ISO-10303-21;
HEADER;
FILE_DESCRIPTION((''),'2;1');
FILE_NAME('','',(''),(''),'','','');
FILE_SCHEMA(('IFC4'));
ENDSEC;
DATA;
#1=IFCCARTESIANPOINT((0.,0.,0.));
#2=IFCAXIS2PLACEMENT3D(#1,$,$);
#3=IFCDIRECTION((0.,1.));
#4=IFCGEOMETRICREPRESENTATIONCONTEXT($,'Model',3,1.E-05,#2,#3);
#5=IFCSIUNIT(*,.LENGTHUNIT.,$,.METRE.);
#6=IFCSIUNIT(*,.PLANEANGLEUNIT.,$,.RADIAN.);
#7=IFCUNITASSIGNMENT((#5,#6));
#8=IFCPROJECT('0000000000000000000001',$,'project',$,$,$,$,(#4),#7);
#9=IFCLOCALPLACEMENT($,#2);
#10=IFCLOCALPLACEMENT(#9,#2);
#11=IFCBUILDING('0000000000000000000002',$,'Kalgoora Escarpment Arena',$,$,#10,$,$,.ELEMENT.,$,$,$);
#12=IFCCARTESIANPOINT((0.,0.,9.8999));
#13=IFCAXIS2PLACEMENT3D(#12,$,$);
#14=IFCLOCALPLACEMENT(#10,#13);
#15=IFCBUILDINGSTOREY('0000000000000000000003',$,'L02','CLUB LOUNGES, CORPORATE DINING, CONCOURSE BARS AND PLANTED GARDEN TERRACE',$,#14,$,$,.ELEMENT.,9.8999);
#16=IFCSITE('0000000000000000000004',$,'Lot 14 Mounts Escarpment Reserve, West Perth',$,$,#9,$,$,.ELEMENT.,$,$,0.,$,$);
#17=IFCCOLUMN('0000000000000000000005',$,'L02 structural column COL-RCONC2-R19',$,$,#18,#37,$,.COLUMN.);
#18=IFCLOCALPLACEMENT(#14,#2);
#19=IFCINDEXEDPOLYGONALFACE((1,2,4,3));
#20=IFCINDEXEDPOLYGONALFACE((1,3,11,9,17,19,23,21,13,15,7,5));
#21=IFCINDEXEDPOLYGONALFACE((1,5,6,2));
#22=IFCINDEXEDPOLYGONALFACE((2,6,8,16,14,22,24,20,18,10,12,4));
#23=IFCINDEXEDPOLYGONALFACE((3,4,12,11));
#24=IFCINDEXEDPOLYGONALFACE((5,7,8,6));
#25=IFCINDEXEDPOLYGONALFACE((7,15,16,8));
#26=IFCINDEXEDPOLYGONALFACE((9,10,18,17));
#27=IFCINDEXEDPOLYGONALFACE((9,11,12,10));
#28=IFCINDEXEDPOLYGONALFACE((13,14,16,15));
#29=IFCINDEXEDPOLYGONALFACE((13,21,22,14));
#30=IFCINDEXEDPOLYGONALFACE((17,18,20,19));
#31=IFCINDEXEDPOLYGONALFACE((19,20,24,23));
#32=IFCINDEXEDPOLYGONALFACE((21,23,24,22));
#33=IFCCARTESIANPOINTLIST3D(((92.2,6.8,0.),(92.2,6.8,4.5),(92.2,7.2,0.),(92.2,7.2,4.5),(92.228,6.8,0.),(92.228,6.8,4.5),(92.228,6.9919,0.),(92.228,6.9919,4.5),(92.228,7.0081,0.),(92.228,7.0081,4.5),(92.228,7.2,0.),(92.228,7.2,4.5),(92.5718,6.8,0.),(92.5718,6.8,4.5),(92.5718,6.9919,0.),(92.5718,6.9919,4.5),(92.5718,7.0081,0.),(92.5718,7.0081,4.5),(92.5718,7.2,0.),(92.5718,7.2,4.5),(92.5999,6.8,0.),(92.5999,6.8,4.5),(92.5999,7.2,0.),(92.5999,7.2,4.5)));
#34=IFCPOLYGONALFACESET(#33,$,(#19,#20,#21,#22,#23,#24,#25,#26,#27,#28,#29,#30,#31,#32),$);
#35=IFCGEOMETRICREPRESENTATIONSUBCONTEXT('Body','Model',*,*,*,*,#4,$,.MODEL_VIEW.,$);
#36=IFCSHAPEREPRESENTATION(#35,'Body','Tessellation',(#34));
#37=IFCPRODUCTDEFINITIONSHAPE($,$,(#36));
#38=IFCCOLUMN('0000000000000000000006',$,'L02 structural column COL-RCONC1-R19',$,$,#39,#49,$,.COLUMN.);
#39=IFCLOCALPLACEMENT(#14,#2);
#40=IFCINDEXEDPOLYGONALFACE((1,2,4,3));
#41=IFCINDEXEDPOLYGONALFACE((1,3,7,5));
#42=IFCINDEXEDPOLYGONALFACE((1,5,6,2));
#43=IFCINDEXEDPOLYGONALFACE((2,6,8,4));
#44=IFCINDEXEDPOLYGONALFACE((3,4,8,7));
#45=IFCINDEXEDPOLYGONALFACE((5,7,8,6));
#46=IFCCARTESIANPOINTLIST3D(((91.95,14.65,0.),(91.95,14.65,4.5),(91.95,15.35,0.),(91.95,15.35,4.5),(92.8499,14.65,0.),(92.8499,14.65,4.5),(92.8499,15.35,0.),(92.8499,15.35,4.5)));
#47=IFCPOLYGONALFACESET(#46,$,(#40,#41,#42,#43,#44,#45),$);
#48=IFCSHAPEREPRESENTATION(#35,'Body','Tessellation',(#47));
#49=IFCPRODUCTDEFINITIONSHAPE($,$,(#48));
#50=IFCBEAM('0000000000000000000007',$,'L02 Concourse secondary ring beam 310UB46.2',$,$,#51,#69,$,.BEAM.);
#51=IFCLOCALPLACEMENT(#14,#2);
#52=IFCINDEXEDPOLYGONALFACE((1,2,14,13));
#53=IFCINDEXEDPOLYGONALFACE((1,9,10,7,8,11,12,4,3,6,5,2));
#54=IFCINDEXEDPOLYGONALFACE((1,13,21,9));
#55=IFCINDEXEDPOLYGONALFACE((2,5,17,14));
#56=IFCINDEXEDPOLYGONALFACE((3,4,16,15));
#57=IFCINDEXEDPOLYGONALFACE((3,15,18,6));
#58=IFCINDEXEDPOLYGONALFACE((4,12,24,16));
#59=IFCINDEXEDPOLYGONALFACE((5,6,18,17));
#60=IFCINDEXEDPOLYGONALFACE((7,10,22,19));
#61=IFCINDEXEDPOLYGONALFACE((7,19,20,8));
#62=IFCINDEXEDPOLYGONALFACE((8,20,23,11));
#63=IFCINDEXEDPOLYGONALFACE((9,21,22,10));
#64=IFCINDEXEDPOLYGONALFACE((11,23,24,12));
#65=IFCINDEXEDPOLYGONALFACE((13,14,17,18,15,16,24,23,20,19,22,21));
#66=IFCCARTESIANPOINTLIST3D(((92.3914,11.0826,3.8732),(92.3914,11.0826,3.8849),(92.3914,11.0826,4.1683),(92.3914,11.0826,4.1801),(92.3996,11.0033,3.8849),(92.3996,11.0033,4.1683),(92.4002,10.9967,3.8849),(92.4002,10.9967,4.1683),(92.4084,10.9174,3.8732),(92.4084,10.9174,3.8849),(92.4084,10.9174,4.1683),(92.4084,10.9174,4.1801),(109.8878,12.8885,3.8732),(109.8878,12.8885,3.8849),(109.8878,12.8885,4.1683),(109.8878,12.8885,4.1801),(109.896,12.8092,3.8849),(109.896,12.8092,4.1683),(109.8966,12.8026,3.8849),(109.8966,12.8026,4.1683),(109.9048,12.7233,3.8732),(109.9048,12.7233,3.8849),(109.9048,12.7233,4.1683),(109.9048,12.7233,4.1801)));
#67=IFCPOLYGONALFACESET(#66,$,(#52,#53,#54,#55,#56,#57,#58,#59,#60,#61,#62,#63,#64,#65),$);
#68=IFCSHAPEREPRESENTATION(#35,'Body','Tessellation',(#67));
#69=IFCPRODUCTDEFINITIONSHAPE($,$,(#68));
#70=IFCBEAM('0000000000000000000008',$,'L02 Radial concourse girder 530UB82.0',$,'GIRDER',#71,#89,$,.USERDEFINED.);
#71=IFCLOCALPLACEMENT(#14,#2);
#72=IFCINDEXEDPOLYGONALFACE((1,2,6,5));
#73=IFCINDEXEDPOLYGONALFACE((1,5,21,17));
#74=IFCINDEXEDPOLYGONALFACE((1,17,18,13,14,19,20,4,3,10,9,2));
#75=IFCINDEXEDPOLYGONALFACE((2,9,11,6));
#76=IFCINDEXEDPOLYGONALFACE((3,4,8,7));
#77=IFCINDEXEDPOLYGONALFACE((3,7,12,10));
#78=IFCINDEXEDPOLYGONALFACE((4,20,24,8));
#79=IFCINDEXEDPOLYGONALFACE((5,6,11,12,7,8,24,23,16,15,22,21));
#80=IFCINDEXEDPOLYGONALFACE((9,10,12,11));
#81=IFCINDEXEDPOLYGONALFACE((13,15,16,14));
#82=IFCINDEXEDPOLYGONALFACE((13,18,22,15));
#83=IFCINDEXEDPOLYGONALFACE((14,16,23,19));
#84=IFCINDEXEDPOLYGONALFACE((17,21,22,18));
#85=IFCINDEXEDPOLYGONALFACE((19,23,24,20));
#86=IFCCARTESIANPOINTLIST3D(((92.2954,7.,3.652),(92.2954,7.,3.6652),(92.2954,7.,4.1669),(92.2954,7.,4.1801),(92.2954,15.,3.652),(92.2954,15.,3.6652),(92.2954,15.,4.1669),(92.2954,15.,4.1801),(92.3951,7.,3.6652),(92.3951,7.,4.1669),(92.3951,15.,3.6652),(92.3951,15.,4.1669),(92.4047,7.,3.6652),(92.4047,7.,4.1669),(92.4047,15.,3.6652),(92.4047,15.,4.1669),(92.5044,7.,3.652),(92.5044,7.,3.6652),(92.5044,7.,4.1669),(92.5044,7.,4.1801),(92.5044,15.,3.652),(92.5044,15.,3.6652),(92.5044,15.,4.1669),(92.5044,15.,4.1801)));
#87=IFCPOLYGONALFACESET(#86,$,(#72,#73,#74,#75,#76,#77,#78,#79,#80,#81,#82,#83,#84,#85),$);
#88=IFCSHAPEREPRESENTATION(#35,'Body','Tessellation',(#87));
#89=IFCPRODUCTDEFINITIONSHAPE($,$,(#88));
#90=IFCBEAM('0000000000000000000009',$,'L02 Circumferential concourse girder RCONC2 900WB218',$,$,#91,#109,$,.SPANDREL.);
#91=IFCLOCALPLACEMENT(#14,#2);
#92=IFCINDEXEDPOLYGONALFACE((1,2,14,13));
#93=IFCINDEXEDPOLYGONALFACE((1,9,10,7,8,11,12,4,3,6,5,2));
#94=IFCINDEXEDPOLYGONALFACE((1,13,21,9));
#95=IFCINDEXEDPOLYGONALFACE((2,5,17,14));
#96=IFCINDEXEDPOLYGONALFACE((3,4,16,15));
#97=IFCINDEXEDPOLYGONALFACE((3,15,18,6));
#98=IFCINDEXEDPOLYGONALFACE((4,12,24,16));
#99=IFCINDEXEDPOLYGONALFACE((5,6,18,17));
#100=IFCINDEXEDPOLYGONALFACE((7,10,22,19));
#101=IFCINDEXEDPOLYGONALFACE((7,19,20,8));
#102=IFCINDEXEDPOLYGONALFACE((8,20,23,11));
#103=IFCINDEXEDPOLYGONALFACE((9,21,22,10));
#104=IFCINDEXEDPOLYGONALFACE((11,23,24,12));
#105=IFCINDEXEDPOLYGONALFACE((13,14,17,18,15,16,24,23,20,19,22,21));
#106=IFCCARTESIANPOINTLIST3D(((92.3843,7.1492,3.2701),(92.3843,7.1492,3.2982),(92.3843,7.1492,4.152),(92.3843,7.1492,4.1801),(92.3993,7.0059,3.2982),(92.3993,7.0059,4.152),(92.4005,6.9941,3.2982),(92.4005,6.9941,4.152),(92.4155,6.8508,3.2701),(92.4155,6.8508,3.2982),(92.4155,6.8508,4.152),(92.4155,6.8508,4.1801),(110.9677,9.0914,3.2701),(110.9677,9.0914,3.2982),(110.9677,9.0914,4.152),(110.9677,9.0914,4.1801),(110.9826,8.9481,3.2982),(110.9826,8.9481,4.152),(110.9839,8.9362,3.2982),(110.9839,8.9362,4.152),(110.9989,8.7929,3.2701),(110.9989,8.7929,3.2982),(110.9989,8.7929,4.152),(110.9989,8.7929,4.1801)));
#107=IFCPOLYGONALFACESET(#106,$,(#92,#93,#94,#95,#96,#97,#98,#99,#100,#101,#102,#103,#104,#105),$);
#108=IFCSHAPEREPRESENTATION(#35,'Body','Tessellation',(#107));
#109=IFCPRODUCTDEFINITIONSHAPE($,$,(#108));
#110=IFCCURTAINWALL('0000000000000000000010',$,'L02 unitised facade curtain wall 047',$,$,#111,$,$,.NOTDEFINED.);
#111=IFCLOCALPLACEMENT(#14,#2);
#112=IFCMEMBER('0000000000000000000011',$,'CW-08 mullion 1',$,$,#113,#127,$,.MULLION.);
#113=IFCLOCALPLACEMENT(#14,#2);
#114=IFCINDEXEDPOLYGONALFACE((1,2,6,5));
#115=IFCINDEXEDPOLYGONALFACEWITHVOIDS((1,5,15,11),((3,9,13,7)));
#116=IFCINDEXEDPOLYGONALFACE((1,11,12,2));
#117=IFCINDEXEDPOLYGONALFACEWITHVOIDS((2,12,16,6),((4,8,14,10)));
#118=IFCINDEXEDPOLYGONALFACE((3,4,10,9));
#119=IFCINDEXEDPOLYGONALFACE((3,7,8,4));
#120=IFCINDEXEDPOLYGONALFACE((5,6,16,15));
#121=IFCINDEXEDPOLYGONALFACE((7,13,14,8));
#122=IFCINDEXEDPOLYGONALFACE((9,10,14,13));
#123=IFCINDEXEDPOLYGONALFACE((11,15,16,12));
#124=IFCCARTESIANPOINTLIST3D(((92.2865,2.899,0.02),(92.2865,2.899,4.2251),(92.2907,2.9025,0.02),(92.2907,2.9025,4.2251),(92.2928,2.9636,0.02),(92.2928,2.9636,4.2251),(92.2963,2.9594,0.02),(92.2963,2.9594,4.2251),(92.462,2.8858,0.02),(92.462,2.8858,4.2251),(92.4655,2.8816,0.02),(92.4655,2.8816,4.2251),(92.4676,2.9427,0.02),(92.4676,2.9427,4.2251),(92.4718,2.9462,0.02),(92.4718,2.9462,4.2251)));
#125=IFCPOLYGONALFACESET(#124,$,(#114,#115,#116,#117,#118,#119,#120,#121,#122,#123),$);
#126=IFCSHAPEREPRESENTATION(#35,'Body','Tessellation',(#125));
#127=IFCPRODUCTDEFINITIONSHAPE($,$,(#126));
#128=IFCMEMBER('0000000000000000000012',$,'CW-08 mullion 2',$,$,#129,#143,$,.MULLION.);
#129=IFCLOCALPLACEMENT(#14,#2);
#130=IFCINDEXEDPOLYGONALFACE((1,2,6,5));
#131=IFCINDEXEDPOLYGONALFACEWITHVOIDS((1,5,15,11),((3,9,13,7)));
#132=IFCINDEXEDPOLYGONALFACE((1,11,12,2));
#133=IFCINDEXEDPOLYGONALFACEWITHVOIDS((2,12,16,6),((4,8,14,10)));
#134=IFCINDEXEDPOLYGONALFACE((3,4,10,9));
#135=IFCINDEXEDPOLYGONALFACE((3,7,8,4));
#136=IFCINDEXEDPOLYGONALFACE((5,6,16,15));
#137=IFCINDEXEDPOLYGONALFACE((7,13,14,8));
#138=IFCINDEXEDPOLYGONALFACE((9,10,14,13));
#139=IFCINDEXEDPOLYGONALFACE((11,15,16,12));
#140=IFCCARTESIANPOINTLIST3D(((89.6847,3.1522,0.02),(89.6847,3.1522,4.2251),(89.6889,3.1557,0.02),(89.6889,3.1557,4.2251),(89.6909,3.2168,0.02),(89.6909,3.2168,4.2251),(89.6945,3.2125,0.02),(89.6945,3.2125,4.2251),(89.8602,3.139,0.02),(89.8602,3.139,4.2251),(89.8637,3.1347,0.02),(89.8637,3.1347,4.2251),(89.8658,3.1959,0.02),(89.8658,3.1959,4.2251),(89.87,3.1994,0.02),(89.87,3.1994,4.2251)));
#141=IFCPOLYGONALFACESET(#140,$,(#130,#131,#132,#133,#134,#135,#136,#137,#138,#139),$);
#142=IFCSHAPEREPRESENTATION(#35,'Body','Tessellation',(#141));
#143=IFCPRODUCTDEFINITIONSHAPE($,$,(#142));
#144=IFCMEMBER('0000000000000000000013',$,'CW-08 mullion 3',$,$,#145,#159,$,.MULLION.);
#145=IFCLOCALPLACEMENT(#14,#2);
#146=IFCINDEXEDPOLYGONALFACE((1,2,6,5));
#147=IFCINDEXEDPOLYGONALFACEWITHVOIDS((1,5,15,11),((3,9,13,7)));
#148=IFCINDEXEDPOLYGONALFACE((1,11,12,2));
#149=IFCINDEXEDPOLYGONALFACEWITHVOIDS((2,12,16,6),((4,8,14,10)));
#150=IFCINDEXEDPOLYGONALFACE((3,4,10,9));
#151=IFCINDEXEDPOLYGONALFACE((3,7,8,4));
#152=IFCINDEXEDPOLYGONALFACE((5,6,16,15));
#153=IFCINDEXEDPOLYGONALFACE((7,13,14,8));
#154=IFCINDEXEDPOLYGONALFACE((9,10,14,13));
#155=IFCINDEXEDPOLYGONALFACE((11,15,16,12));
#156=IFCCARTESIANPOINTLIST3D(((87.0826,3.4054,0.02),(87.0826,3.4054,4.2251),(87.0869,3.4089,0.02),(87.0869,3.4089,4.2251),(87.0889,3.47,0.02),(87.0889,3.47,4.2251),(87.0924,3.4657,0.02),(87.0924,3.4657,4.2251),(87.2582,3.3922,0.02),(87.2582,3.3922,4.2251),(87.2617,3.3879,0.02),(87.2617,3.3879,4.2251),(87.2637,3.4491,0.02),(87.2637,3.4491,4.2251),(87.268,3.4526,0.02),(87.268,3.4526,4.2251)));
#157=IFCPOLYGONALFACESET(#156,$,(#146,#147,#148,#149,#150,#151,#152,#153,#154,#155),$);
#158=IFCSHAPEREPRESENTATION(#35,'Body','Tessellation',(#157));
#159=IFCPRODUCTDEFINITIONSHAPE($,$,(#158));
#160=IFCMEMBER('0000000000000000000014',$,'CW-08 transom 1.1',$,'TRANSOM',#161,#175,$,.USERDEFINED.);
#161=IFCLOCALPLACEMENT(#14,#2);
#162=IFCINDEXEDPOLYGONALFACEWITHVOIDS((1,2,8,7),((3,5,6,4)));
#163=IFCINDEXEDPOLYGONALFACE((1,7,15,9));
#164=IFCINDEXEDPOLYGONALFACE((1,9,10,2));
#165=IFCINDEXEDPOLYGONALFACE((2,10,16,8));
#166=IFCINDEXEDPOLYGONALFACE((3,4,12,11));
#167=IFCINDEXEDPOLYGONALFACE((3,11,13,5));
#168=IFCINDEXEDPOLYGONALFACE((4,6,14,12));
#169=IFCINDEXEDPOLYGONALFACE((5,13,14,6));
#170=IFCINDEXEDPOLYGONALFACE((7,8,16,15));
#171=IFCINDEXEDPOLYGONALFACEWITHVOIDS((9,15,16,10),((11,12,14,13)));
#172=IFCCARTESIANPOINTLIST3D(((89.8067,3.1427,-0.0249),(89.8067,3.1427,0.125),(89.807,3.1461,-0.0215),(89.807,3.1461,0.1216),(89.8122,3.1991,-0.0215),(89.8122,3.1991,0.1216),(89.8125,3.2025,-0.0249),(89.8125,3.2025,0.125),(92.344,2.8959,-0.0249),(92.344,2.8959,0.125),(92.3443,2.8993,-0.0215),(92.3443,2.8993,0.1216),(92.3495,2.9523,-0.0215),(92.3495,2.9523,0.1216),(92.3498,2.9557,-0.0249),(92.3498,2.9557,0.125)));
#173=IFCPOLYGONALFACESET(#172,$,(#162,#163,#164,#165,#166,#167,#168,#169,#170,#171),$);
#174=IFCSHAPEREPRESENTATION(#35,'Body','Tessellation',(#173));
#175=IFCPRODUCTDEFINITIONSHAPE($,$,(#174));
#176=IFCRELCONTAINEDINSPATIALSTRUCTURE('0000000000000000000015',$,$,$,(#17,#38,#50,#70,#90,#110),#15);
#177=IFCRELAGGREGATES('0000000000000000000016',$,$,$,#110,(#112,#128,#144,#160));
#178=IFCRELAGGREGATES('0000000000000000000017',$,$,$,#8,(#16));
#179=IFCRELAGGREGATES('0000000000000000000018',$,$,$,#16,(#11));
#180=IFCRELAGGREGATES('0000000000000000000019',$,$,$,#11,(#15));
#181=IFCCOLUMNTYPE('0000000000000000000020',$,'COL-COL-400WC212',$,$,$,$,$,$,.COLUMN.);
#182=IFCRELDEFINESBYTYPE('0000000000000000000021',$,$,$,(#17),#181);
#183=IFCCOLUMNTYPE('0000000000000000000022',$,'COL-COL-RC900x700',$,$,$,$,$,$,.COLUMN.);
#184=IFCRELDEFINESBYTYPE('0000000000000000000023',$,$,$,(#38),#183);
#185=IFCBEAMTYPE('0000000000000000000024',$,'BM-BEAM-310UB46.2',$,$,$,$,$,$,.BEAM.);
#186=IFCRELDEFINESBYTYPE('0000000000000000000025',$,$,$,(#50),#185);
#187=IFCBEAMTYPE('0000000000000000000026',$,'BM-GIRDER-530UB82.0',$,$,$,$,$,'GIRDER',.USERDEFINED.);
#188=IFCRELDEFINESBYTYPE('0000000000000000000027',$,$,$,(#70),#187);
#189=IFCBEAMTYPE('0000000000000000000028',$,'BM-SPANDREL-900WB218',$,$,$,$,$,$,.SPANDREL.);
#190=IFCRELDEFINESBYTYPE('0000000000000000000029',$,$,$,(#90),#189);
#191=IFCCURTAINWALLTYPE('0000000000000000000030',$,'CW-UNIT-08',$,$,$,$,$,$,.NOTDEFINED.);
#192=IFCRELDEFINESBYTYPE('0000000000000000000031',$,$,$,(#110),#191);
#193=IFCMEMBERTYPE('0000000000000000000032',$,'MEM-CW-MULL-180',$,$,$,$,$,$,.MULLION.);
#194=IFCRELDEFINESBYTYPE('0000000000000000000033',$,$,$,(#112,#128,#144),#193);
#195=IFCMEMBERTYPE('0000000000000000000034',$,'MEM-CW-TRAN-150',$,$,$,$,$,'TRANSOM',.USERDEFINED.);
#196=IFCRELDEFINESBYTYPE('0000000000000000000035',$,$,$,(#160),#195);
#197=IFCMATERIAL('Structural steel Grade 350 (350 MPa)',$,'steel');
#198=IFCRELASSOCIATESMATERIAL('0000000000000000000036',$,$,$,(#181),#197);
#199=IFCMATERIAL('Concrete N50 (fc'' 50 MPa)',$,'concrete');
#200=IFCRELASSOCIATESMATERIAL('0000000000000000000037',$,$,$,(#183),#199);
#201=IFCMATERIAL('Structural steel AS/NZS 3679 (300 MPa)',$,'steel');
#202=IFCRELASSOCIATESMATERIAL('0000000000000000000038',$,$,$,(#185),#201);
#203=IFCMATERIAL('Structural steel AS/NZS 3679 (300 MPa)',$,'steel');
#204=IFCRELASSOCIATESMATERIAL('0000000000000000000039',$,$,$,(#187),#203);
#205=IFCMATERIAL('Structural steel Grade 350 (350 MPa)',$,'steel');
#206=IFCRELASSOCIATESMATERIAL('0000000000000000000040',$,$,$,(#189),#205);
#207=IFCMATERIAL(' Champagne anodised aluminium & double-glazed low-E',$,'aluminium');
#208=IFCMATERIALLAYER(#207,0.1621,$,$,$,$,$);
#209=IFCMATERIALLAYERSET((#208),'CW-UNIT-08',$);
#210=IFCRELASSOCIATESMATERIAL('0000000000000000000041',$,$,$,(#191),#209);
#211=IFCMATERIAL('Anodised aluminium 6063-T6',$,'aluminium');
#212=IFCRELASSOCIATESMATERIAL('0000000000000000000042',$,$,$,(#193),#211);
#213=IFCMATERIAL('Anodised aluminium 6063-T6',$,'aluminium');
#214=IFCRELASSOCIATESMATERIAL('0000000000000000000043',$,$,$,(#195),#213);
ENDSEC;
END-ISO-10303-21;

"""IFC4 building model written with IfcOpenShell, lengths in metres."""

from ifc_helpers import new_model, si_unit, direction, frame, origin, origin_2d, place, context, subcontext, project, spatial, rectangle, hollow_rectangle, i_section, extrude, material, layer, layer_set, material_profile, profile_set, type_object, element, aggregate, save


model = new_model("IFC4")

# Units and contexts
model_context = context("Model", 3, precision=1e-05, world=origin(), true_north=direction((0.0, 1.0)))
body_context = subcontext(model_context, "Body", "Model", "MODEL_VIEW")
ifc_project = project(units=[si_unit("LENGTHUNIT", "METRE"), si_unit("PLANEANGLEUNIT", "RADIAN")], contexts=[model_context])

# Site, building, storey
site_placement = place(None, origin())
site = spatial("IfcSite", under=ifc_project, at=site_placement, Name="Lot 14 Mounts Escarpment Reserve, West Perth", CompositionType="ELEMENT", RefElevation=0.0)
building_placement = place(site_placement, origin())
building = spatial("IfcBuilding", under=site, at=building_placement, Name="Kalgoora Escarpment Arena", CompositionType="ELEMENT")
storey_placement = place(building_placement, frame((0.0, 0.0, 9.8999)))
storey = spatial("IfcBuildingStorey", under=building, at=storey_placement, Name="L02", Description="CLUB LOUNGES, CORPORATE DINING, CONCOURSE BARS AND PLANTED GARDEN TERRACE", CompositionType="ELEMENT", Elevation=9.8999)

# Columns
ifc_material_1 = material(Name="Structural steel Grade 350 (350 MPa)", Category="steel")
ifc_material_profile_1 = material_profile(ifc_material_1, i_section(OverallWidth=0.3999, OverallDepth=0.3999, WebThickness=0.0161, FlangeThickness=0.0281, at=origin_2d()))
ifc_profile_set_1 = profile_set([ifc_material_profile_1], Name="Structural steel Grade 350 (350 MPa)")
column_type_1 = type_object("IfcColumnType", Name="COL-COL-400WC212", PredefinedType="COLUMN", material=ifc_profile_set_1)
column_1_placement = place(storey_placement, frame((92.3999, 7.0, 0.0), z_axis=(0.0, 0.0, 1.0), x_axis=(0.0, -1.0, 0.0)))
element("IfcColumn", 1, at=column_1_placement, inside=storey, type_object=column_type_1, Name="L02 structural column COL-RCONC2-R19", PredefinedType="COLUMN", context=body_context, shape_type="SweptSolid", body=[
    extrude(i_section(OverallWidth=0.3999, OverallDepth=0.3999, WebThickness=0.0161, FlangeThickness=0.0281, at=origin_2d()), origin(), (0.0, 0.0, 1.0), 4.5),
])
ifc_material_2 = material(Name="Concrete N50 (fc' 50 MPa)", Category="concrete")
ifc_material_profile_2 = material_profile(ifc_material_2, rectangle(XDim=0.7, YDim=0.8999, at=origin_2d()))
ifc_profile_set_2 = profile_set([ifc_material_profile_2], Name="Concrete N50 (fc' 50 MPa)")
column_type_2 = type_object("IfcColumnType", Name="COL-COL-RC900x700", PredefinedType="COLUMN", material=ifc_profile_set_2)
column_2_placement = place(storey_placement, frame((92.3999, 15.0, 0.0), z_axis=(0.0, 0.0, 1.0), x_axis=(0.0, -1.0, 0.0)))
element("IfcColumn", 2, at=column_2_placement, inside=storey, type_object=column_type_2, Name="L02 structural column COL-RCONC1-R19", PredefinedType="COLUMN", context=body_context, shape_type="SweptSolid", body=[
    extrude(rectangle(XDim=0.7, YDim=0.8999, at=origin_2d()), origin(), (0.0, 0.0, 1.0), 4.5),
])

# Beams
ifc_material_3 = material(Name="Structural steel AS/NZS 3679 (300 MPa)", Category="steel")
ifc_material_profile_3 = material_profile(ifc_material_3, i_section(OverallWidth=0.166, OverallDepth=0.3069, WebThickness=0.0066, FlangeThickness=0.0117, at=origin_2d()))
ifc_profile_set_3 = profile_set([ifc_material_profile_3], Name="Structural steel AS/NZS 3679 (300 MPa)")
beam_type_1 = type_object("IfcBeamType", Name="BM-BEAM-310UB46.2", PredefinedType="BEAM", material=ifc_profile_set_3)
beam_1_placement = place(storey_placement, frame((92.3999, 11.0, 4.0266), z_axis=(0.994715, 0.102671, 0.0), x_axis=(-0.102671, 0.994715, 0.0)))
element("IfcBeam", 3, at=beam_1_placement, inside=storey, type_object=beam_type_1, Name="L02 Concourse secondary ring beam 310UB46.2", PredefinedType="BEAM", context=body_context, shape_type="SweptSolid", body=[
    extrude(i_section(OverallWidth=0.166, OverallDepth=0.3069, WebThickness=0.0066, FlangeThickness=0.0117, at=origin_2d()), origin(), (0.0, 0.0, 1.0), 17.5894),
])
ifc_material_4 = material(Name="Structural steel AS/NZS 3679 (300 MPa)", Category="steel")
ifc_material_profile_4 = material_profile(ifc_material_4, i_section(OverallWidth=0.209, OverallDepth=0.5281, WebThickness=0.0095, FlangeThickness=0.0132, at=origin_2d()))
ifc_profile_set_4 = profile_set([ifc_material_profile_4], Name="Structural steel AS/NZS 3679 (300 MPa)")
beam_type_2 = type_object("IfcBeamType", Name="BM-GIRDER-530UB82.0", ElementType="GIRDER", PredefinedType="USERDEFINED", material=ifc_profile_set_4)
beam_2_placement = place(storey_placement, frame((92.3999, 15.0, 3.916), z_axis=(0.0, -1.0, 0.0), x_axis=(1.0, 0.0, 0.0)))
element("IfcBeam", 4, at=beam_2_placement, inside=storey, type_object=beam_type_2, Name="L02 Radial concourse girder 530UB82.0", ObjectType="GIRDER", PredefinedType="USERDEFINED", context=body_context, shape_type="SweptSolid", body=[
    extrude(i_section(OverallWidth=0.209, OverallDepth=0.5281, WebThickness=0.0095, FlangeThickness=0.0132, at=origin_2d()), origin(), (0.0, 0.0, 1.0), 8.0),
])
ifc_material_5 = material(Name="Structural steel Grade 350 (350 MPa)", Category="steel")
ifc_material_profile_5 = material_profile(ifc_material_5, i_section(OverallWidth=0.3, OverallDepth=0.9099, WebThickness=0.012, FlangeThickness=0.0281, at=origin_2d()))
ifc_profile_set_5 = profile_set([ifc_material_profile_5], Name="Structural steel Grade 350 (350 MPa)")
beam_type_3 = type_object("IfcBeamType", Name="BM-SPANDREL-900WB218", PredefinedType="SPANDREL", material=ifc_profile_set_5)
beam_3_placement = place(storey_placement, frame((92.3999, 7.0, 3.7251), z_axis=(0.994583, 0.103944, 0.0), x_axis=(-0.103944, 0.994583, 0.0)))
element("IfcBeam", 5, at=beam_3_placement, inside=storey, type_object=beam_type_3, Name="L02 Circumferential concourse girder RCONC2 900WB218", PredefinedType="SPANDREL", context=body_context, shape_type="SweptSolid", body=[
    extrude(i_section(OverallWidth=0.3, OverallDepth=0.9099, WebThickness=0.012, FlangeThickness=0.0281, at=origin_2d()), origin(), (0.0, 0.0, 1.0), 18.6846),
])

# Curtain wall, members
ifc_material_6 = material(Name=" Champagne anodised aluminium & double-glazed low-E", Category="aluminium")
ifc_layer_1 = layer(ifc_material_6, 0.1621)
ifc_layer_set_1 = layer_set([ifc_layer_1], Name="CW-UNIT-08")
curtain_wall_type = type_object("IfcCurtainWallType", Name="CW-UNIT-08", PredefinedType="NOTDEFINED", material=ifc_layer_set_1)
curtain_wall_placement = place(storey_placement, origin())
curtain_wall = element("IfcCurtainWall", 6, at=curtain_wall_placement, inside=storey, type_object=curtain_wall_type, Name="L02 unitised facade curtain wall 047", PredefinedType="NOTDEFINED")
ifc_material_7 = material(Name="Anodised aluminium 6063-T6", Category="aluminium")
ifc_material_profile_6 = material_profile(ifc_material_7, hollow_rectangle(XDim=0.0649, YDim=0.1799, WallThickness=0.0039, at=origin_2d()))
ifc_profile_set_6 = profile_set([ifc_material_profile_6], Name="Anodised aluminium 6063-T6")
member_type_1 = type_object("IfcMemberType", Name="MEM-CW-MULL-180", PredefinedType="MULLION", material=ifc_profile_set_6)
member_1_placement = place(storey_placement, frame((92.3792, 2.9226, 0.02), z_axis=(0.0, 0.0, 1.0), x_axis=(-0.096853, -0.995299, 0.0)))
member_1 = element("IfcMember", 7, at=member_1_placement, type_object=member_type_1, Name="CW-08 mullion 1", PredefinedType="MULLION", context=body_context, shape_type="SweptSolid", body=[
    extrude(hollow_rectangle(XDim=0.0649, YDim=0.1799, WallThickness=0.0039, at=origin_2d()), origin(), (0.0, 0.0, 1.0), 4.2051),
])
member_2_placement = place(storey_placement, frame((89.7773, 3.1758, 0.02), z_axis=(0.0, 0.0, 1.0), x_axis=(-0.096853, -0.995299, 0.0)))
member_2 = element("IfcMember", 8, at=member_2_placement, type_object=member_type_1, Name="CW-08 mullion 2", PredefinedType="MULLION", context=body_context, shape_type="SweptSolid", body=[
    extrude(hollow_rectangle(XDim=0.0649, YDim=0.1799, WallThickness=0.0039, at=origin_2d()), origin(), (0.0, 0.0, 1.0), 4.2051),
])
member_3_placement = place(storey_placement, frame((87.1753, 3.429, 0.02), z_axis=(0.0, 0.0, 1.0), x_axis=(-0.096853, -0.995299, 0.0)))
member_3 = element("IfcMember", 9, at=member_3_placement, type_object=member_type_1, Name="CW-08 mullion 3", PredefinedType="MULLION", context=body_context, shape_type="SweptSolid", body=[
    extrude(hollow_rectangle(XDim=0.0649, YDim=0.1799, WallThickness=0.0039, at=origin_2d()), origin(), (0.0, 0.0, 1.0), 4.2051),
])
ifc_material_8 = material(Name="Anodised aluminium 6063-T6", Category="aluminium")
ifc_material_profile_7 = material_profile(ifc_material_8, hollow_rectangle(XDim=0.0601, YDim=0.1499, WallThickness=0.0034, at=origin_2d()))
ifc_profile_set_7 = profile_set([ifc_material_profile_7], Name="Anodised aluminium 6063-T6")
member_type_2 = type_object("IfcMemberType", Name="MEM-CW-TRAN-150", ElementType="TRANSOM", PredefinedType="USERDEFINED", material=ifc_profile_set_7)
member_4_placement = place(storey_placement, frame((92.3469, 2.9258, 0.05), z_axis=(-0.995302, 0.09682, 0.0), x_axis=(-0.09682, -0.995302, 0.0)))
member_4 = element("IfcMember", 10, at=member_4_placement, type_object=member_type_2, Name="CW-08 transom 1.1", ObjectType="TRANSOM", PredefinedType="USERDEFINED", context=body_context, shape_type="SweptSolid", body=[
    extrude(hollow_rectangle(XDim=0.0601, YDim=0.1499, WallThickness=0.0034, at=origin_2d()), origin(), (0.0, 0.0, 1.0), 2.5493),
])
aggregate(curtain_wall, [member_1, member_2, member_3, member_4])

save(model, "model.ifc")
